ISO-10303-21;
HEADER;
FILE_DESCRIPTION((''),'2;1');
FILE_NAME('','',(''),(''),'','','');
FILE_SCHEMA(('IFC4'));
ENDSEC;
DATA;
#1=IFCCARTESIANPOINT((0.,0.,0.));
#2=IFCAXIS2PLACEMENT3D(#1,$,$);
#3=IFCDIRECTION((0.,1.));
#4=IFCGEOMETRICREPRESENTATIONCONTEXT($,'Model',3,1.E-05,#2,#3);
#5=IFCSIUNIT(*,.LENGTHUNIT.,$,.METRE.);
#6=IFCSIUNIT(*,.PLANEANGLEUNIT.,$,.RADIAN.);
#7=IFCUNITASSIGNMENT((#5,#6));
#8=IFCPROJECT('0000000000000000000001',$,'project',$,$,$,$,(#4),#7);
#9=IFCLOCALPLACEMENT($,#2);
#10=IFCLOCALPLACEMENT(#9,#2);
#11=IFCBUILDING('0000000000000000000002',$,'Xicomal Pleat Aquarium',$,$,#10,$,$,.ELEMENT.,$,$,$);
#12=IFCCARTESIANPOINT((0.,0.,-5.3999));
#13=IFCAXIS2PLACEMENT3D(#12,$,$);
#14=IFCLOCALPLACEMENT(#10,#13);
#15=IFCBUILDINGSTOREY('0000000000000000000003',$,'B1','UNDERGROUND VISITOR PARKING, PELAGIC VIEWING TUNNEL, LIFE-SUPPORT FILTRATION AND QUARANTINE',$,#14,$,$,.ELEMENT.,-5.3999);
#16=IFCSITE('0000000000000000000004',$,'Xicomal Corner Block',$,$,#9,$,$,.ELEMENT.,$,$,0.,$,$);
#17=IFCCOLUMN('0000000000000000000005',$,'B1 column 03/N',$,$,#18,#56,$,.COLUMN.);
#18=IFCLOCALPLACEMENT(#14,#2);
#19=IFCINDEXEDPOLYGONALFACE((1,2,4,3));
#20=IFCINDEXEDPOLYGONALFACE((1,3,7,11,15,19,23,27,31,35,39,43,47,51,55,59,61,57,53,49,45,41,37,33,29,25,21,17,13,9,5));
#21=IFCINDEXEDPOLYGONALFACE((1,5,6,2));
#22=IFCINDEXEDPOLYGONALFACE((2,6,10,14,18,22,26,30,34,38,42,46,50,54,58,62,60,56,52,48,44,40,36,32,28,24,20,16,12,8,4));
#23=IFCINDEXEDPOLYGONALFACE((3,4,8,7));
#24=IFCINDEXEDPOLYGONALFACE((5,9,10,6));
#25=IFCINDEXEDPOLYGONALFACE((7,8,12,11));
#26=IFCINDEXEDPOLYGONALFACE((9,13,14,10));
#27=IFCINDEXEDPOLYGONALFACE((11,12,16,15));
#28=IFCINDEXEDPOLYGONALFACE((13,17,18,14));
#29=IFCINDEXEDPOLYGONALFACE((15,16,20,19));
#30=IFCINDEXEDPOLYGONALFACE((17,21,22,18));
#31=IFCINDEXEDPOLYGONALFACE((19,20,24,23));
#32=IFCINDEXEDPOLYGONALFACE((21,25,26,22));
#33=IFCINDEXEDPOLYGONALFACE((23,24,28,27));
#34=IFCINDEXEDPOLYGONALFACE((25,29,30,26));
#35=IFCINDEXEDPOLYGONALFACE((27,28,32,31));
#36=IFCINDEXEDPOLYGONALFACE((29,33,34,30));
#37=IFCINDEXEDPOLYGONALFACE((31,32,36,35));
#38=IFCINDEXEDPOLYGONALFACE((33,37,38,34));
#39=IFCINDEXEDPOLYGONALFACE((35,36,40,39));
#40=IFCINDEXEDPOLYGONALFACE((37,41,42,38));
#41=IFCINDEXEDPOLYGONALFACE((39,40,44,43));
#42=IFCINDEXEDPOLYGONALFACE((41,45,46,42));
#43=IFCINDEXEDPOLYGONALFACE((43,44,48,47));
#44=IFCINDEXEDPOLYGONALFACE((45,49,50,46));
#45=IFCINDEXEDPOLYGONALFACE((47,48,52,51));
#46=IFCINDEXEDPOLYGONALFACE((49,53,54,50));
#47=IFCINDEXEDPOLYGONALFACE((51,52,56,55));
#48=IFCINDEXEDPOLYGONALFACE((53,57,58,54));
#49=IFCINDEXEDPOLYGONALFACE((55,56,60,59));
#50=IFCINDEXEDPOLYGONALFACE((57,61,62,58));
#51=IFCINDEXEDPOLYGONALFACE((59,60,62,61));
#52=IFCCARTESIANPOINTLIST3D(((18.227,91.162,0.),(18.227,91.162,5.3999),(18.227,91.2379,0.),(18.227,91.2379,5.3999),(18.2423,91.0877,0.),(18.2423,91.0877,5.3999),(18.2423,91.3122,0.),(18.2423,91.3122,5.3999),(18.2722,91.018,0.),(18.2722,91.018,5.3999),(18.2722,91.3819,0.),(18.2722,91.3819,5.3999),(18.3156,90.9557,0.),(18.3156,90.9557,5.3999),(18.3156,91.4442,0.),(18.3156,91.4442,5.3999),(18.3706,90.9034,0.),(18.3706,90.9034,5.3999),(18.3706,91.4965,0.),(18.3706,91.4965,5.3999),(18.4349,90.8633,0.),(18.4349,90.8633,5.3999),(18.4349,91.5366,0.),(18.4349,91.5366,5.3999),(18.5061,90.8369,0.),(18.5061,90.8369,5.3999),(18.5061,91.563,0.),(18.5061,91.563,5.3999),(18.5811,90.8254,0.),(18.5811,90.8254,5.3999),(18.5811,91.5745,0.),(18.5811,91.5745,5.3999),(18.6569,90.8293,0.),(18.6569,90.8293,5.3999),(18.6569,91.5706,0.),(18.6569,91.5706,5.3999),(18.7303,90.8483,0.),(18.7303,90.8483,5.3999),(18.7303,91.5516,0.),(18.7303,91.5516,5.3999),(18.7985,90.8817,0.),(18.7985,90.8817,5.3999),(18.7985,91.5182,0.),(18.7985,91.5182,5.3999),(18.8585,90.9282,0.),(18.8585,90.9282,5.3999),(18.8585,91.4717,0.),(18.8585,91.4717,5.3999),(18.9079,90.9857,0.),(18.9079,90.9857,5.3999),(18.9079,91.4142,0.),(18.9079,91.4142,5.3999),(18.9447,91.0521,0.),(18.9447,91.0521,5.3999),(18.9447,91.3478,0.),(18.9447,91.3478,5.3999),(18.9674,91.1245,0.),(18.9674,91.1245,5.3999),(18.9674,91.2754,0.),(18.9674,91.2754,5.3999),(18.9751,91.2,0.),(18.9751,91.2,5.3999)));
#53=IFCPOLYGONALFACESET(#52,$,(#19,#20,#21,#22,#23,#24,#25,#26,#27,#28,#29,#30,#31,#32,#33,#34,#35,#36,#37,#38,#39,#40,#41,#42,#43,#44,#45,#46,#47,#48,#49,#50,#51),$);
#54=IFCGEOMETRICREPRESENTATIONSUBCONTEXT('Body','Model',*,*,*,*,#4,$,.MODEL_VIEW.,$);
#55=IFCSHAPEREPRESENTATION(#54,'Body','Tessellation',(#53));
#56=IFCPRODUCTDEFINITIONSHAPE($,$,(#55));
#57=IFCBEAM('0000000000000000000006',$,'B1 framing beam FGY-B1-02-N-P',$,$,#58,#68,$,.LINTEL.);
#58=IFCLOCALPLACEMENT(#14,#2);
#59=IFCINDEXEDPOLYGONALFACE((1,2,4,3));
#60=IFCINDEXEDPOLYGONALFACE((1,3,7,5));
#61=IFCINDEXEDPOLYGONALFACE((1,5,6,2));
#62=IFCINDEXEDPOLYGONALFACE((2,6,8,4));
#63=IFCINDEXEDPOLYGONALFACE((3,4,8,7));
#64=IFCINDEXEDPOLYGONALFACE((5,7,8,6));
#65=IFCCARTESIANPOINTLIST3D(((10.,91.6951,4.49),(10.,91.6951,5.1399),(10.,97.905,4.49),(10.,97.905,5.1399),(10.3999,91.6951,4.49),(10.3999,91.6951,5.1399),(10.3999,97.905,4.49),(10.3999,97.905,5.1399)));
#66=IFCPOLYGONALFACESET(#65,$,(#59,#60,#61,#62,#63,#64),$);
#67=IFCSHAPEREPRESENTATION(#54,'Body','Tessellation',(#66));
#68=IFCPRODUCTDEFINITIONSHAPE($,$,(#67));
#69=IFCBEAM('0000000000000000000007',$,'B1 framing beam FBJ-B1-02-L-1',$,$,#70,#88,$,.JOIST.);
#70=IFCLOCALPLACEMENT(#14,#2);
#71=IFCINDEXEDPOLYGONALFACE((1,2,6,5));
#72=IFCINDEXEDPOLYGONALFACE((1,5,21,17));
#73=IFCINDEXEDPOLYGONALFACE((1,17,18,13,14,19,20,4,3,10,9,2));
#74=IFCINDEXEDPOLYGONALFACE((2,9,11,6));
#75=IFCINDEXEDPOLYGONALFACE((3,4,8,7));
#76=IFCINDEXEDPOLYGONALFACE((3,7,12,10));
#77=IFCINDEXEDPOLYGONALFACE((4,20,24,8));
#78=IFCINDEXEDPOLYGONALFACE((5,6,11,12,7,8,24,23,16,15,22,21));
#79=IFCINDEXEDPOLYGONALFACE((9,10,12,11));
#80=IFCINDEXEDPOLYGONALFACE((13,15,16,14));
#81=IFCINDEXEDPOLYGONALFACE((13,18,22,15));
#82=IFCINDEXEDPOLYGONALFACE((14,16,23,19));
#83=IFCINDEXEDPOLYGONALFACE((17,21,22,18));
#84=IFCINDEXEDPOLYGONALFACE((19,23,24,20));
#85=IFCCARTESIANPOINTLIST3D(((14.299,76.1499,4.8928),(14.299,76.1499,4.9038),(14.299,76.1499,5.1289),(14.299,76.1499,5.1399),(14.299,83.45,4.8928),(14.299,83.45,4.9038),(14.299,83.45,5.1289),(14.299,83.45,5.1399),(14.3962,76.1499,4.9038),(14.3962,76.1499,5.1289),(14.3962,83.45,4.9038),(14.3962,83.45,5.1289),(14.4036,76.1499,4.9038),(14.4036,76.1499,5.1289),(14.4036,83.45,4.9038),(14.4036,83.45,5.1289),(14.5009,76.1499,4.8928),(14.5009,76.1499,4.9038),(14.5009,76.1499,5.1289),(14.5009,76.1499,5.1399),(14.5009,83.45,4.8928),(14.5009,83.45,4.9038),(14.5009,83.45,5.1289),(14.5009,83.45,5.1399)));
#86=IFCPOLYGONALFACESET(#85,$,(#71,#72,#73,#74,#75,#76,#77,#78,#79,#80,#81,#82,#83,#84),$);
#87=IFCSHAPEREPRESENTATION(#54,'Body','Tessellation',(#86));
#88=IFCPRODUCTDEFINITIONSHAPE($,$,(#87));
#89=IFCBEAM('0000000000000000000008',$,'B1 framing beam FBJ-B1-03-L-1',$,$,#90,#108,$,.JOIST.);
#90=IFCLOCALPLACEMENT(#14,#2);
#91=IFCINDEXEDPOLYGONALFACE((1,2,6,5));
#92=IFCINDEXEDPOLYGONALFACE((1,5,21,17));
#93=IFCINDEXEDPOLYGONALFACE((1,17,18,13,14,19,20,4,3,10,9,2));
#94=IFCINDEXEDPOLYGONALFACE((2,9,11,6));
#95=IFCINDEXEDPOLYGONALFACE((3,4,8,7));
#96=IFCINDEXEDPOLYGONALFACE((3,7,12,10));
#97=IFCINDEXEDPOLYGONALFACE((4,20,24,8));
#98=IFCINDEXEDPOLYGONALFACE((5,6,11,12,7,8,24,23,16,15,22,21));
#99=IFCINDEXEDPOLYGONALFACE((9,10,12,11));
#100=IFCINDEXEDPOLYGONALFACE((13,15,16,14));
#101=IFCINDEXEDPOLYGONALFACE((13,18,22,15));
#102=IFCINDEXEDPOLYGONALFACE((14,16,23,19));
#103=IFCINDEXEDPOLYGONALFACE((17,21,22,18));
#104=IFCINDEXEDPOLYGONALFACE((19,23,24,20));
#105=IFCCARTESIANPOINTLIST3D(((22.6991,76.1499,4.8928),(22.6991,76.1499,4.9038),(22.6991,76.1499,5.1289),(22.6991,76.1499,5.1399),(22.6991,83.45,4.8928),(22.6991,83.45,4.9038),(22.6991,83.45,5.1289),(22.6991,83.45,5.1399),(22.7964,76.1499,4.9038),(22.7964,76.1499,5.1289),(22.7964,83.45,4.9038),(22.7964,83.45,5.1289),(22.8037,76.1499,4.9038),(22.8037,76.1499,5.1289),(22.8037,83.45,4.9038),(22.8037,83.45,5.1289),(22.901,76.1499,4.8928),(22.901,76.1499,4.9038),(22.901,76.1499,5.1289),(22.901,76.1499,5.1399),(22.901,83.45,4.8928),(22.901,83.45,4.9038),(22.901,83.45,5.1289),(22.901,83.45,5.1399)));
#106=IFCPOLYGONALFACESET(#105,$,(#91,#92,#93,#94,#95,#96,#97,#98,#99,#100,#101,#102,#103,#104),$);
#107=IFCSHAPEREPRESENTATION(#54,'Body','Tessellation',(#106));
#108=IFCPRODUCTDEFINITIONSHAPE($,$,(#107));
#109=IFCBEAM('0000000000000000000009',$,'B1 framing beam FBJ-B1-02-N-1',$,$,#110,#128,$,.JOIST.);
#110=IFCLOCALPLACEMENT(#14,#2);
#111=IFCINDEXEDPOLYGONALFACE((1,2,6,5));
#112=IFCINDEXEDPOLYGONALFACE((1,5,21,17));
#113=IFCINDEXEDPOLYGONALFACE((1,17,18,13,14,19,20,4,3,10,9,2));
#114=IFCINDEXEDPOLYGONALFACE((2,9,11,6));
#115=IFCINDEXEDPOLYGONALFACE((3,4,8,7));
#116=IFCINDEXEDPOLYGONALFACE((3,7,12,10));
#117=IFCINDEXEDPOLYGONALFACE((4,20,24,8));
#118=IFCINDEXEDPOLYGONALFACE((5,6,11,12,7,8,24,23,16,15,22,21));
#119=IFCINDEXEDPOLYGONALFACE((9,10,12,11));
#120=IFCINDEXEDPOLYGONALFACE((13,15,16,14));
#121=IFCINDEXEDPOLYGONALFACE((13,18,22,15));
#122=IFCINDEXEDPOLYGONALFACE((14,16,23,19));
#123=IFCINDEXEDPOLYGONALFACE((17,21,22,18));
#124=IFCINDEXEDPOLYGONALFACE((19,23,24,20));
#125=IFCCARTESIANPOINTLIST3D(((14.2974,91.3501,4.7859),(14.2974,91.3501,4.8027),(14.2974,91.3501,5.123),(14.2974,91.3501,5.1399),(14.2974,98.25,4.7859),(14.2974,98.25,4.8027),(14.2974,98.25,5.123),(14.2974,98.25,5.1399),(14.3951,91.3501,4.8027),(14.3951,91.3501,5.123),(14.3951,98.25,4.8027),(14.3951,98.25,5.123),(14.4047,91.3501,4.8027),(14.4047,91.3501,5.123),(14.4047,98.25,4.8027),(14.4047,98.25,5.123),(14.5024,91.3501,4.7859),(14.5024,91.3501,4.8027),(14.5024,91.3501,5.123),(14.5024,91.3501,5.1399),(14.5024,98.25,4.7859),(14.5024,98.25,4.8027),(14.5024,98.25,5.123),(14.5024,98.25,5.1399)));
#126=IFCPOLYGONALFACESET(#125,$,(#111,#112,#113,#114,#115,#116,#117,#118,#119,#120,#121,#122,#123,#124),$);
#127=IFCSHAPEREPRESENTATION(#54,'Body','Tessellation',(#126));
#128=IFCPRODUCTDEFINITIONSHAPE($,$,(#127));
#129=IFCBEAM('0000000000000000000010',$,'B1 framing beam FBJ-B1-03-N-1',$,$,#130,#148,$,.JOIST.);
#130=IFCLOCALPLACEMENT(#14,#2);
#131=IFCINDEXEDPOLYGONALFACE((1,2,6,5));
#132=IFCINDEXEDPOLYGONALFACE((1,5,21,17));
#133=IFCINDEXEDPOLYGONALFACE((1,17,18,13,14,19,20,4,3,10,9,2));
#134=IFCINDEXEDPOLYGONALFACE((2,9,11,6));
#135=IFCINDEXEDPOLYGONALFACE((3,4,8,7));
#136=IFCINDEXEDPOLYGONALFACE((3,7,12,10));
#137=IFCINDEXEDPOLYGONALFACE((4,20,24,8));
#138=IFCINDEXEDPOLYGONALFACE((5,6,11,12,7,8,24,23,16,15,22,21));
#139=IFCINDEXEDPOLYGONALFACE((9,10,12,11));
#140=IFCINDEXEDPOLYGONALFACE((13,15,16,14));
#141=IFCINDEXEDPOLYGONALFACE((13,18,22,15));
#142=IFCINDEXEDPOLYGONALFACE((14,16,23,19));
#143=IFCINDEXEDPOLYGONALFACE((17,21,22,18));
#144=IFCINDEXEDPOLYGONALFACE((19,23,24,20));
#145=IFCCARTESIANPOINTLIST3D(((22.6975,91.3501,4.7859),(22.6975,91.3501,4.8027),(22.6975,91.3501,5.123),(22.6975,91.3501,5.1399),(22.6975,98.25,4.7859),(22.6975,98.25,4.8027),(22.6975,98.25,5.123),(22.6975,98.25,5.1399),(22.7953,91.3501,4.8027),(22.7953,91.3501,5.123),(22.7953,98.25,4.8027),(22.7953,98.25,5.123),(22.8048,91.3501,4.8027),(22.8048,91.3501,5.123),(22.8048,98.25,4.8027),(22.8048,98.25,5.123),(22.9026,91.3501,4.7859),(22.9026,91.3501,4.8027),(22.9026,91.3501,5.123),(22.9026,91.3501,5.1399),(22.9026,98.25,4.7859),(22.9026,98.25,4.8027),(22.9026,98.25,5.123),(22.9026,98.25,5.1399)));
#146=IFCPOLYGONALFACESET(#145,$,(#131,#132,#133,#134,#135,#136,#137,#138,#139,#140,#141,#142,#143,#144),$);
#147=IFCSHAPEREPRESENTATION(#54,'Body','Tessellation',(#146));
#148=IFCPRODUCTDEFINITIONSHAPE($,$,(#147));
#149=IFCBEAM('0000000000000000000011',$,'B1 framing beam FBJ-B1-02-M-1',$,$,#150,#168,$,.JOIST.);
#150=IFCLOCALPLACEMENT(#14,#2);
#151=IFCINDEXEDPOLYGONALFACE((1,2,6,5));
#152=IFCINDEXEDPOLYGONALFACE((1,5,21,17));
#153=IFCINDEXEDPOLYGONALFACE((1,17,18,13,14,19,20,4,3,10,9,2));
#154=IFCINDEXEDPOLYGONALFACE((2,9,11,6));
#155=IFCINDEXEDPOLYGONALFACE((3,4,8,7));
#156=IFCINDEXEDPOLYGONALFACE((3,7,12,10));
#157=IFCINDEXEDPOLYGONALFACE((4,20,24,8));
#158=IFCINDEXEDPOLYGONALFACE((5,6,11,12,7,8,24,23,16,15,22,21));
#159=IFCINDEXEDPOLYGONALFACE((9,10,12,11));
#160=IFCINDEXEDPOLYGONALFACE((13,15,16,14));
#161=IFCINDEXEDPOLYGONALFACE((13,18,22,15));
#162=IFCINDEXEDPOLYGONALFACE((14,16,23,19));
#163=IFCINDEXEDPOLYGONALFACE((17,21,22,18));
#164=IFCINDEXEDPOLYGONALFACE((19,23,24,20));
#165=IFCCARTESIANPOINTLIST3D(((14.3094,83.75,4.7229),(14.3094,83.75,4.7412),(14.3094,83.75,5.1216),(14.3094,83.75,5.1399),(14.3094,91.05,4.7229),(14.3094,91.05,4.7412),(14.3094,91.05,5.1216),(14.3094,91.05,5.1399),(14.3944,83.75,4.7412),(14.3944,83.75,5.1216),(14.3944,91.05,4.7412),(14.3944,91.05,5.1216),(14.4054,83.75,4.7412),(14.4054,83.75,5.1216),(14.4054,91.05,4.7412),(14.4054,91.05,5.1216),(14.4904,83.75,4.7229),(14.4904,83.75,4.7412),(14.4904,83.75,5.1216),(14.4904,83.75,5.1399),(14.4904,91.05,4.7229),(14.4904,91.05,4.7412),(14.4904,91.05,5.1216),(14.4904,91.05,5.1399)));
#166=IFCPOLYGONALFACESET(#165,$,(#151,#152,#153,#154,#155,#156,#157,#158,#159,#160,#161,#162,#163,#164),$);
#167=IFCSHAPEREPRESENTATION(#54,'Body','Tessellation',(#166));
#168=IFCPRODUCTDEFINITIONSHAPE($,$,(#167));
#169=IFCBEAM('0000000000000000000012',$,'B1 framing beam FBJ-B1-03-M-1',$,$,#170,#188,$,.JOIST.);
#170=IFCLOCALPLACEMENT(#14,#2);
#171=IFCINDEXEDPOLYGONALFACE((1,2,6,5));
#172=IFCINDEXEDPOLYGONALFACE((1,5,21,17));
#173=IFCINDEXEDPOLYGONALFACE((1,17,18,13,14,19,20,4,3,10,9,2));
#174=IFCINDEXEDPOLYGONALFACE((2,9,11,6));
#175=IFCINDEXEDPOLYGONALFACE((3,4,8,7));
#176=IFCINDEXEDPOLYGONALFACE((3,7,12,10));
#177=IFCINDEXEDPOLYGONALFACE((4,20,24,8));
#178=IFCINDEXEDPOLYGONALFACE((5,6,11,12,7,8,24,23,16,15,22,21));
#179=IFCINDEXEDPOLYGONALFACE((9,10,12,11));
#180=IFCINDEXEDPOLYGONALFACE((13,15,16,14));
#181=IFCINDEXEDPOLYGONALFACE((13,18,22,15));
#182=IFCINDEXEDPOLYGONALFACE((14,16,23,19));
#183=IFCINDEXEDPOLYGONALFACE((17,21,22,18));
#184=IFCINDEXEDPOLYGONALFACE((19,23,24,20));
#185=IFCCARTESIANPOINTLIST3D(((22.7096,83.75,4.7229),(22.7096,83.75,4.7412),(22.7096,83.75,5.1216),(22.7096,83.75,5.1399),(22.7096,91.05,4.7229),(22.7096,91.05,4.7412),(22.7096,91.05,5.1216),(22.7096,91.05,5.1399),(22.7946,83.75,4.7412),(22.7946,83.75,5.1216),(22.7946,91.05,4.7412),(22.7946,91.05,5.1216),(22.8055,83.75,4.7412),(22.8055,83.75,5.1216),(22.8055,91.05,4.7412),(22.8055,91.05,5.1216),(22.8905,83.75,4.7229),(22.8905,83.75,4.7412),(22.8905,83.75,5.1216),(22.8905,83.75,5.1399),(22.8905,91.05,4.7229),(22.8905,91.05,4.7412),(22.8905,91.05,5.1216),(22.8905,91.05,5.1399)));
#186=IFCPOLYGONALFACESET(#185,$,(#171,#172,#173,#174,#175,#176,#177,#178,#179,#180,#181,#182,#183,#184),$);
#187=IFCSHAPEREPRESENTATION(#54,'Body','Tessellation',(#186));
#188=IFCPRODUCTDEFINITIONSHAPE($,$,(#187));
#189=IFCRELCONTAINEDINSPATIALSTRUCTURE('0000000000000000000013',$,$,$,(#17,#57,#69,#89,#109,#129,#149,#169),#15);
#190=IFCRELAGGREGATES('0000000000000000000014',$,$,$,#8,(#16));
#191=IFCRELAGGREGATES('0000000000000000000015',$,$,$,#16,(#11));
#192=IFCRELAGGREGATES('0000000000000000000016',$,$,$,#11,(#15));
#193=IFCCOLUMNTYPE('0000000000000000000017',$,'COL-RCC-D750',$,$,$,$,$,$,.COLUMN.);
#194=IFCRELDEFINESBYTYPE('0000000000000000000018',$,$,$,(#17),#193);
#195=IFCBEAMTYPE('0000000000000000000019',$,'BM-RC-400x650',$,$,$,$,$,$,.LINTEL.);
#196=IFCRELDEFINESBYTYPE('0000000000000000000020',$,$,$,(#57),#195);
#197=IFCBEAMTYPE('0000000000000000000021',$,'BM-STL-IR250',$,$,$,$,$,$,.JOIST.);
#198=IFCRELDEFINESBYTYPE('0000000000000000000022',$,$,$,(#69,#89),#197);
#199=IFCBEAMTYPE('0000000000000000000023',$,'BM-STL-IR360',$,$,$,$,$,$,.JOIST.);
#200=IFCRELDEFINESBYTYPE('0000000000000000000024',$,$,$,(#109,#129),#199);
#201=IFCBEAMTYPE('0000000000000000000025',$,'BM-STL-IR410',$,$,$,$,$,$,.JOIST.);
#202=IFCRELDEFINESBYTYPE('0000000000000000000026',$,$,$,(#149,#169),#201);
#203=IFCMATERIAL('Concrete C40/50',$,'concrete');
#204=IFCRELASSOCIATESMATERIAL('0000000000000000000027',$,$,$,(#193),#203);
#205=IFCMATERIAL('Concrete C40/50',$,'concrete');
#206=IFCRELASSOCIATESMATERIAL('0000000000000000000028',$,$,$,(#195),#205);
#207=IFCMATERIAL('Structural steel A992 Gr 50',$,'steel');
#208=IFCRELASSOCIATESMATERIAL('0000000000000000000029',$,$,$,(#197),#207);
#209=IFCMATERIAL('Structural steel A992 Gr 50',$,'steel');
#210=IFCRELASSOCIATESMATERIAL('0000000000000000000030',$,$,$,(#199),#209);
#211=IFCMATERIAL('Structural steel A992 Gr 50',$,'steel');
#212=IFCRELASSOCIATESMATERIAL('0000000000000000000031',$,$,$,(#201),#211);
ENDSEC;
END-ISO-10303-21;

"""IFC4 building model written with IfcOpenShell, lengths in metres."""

from ifc_helpers import new_model, si_unit, direction, frame, origin, origin_2d, place, context, subcontext, project, spatial, rectangle, circle, i_section, extrude, material, material_profile, profile_set, type_object, element, save


model = new_model("IFC4")

# Units and contexts
model_context = context("Model", 3, precision=1e-05, world=origin(), true_north=direction((0.0, 1.0)))
body_context = subcontext(model_context, "Body", "Model", "MODEL_VIEW")
ifc_project = project(units=[si_unit("LENGTHUNIT", "METRE"), si_unit("PLANEANGLEUNIT", "RADIAN")], contexts=[model_context])

# Site, building, storey
site_placement = place(None, origin())
site = spatial("IfcSite", under=ifc_project, at=site_placement, Name="Xicomal Corner Block", CompositionType="ELEMENT", RefElevation=0.0)
building_placement = place(site_placement, origin())
building = spatial("IfcBuilding", under=site, at=building_placement, Name="Xicomal Pleat Aquarium", CompositionType="ELEMENT")
storey_placement = place(building_placement, frame((0.0, 0.0, -5.3999)))
storey = spatial("IfcBuildingStorey", under=building, at=storey_placement, Name="B1", Description="UNDERGROUND VISITOR PARKING, PELAGIC VIEWING TUNNEL, LIFE-SUPPORT FILTRATION AND QUARANTINE", CompositionType="ELEMENT", Elevation=-5.3999)

# Column
ifc_material_1 = material(Name="Concrete C40/50", Category="concrete")
ifc_material_profile_1 = material_profile(ifc_material_1, circle(Radius=0.375, at=origin_2d()), Name="RCC D750")
ifc_profile_set_1 = profile_set([ifc_material_profile_1], Name="Concrete C40/50")
column_type_1 = type_object("IfcColumnType", Name="COL-RCC-D750", PredefinedType="COLUMN", material=ifc_profile_set_1)
column_placement = place(storey_placement, frame((18.6001, 91.2, 0.0), z_axis=(0.0, 0.0, 1.0), x_axis=(1.0, 0.0, 0.0)))
element("IfcColumn", 1, at=column_placement, inside=storey, type_object=column_type_1, Name="B1 column 03/N", PredefinedType="COLUMN", context=body_context, shape_type="SweptSolid", body=[
    extrude(circle(Radius=0.375, at=origin_2d()), origin(), (0.0, 0.0, 1.0), 5.3999),
])

# Beams
ifc_material_2 = material(Name="Concrete C40/50", Category="concrete")
ifc_material_profile_2 = material_profile(ifc_material_2, rectangle(XDim=0.3999, YDim=0.6499, at=origin_2d()), Name="RC 400x650")
ifc_profile_set_2 = profile_set([ifc_material_profile_2], Name="Concrete C40/50")
beam_type_1 = type_object("IfcBeamType", Name="BM-RC-400x650", PredefinedType="LINTEL", material=ifc_profile_set_2)
beam_1_placement = place(storey_placement, frame((10.2, 91.6951, 4.8149), z_axis=(0.0, 1.0, 0.0), x_axis=(-1.0, 0.0, 0.0)))
element("IfcBeam", 2, at=beam_1_placement, inside=storey, type_object=beam_type_1, Name="B1 framing beam FGY-B1-02-N-P", PredefinedType="LINTEL", context=body_context, shape_type="SweptSolid", body=[
    extrude(rectangle(XDim=0.3999, YDim=0.6499, at=origin_2d()), origin(), (0.0, 0.0, 1.0), 6.21),
])
ifc_material_3 = material(Name="Structural steel A992 Gr 50", Category="steel")
ifc_material_profile_3 = material_profile(ifc_material_3, i_section(OverallWidth=0.2019, OverallDepth=0.2471, WebThickness=0.0073, FlangeThickness=0.011, at=origin_2d()), Name="IR 250x49")
ifc_profile_set_3 = profile_set([ifc_material_profile_3], Name="Structural steel A992 Gr 50")
beam_type_2 = type_object("IfcBeamType", Name="BM-STL-IR250", PredefinedType="JOIST", material=ifc_profile_set_3)
for number, where, z_axis, x_axis, name in (
    (3, (14.3999, 76.1499, 5.0164), (0.0, 1.0, 0.0), (-1.0, 0.0, 0.0), "B1 framing beam FBJ-B1-02-L-1"),
    (4, (22.8, 76.1499, 5.0164), (0.0, 1.0, 0.0), (-1.0, 0.0, 0.0), "B1 framing beam FBJ-B1-03-L-1"),
):
    element("IfcBeam", number, at=place(storey_placement, frame(where, z_axis=z_axis, x_axis=x_axis)), inside=storey, type_object=beam_type_2, Name=name, PredefinedType="JOIST", context=body_context, shape_type="SweptSolid", body=[
        extrude(i_section(OverallWidth=0.2019, OverallDepth=0.2471, WebThickness=0.0073, FlangeThickness=0.011, at=origin_2d()), origin(), (0.0, 0.0, 1.0), 7.3),
    ])
ifc_material_4 = material(Name="Structural steel A992 Gr 50", Category="steel")
ifc_material_profile_4 = material_profile(ifc_material_4, i_section(OverallWidth=0.2051, OverallDepth=0.354, WebThickness=0.0095, FlangeThickness=0.0168, at=origin_2d()), Name="IR 360x79")
ifc_profile_set_4 = profile_set([ifc_material_profile_4], Name="Structural steel A992 Gr 50")
beam_type_3 = type_object("IfcBeamType", Name="BM-STL-IR360", PredefinedType="JOIST", material=ifc_profile_set_4)
for number, where, z_axis, x_axis, name in (
    (5, (14.3999, 91.3501, 4.9629), (0.0, 1.0, 0.0), (-1.0, 0.0, 0.0), "B1 framing beam FBJ-B1-02-N-1"),
    (6, (22.8, 91.3501, 4.9629), (0.0, 1.0, 0.0), (-1.0, 0.0, 0.0), "B1 framing beam FBJ-B1-03-N-1"),
):
    element("IfcBeam", number, at=place(storey_placement, frame(where, z_axis=z_axis, x_axis=x_axis)), inside=storey, type_object=beam_type_3, Name=name, PredefinedType="JOIST", context=body_context, shape_type="SweptSolid", body=[
        extrude(i_section(OverallWidth=0.2051, OverallDepth=0.354, WebThickness=0.0095, FlangeThickness=0.0168, at=origin_2d()), origin(), (0.0, 0.0, 1.0), 6.8999),
    ])
ifc_material_5 = material(Name="Structural steel A992 Gr 50", Category="steel")
ifc_material_profile_5 = material_profile(ifc_material_5, i_section(OverallWidth=0.1809, OverallDepth=0.417, WebThickness=0.011, FlangeThickness=0.0183, at=origin_2d()), Name="IR 410x85")
ifc_profile_set_5 = profile_set([ifc_material_profile_5], Name="Structural steel A992 Gr 50")
beam_type_4 = type_object("IfcBeamType", Name="BM-STL-IR410", PredefinedType="JOIST", material=ifc_profile_set_5)
for number, where, z_axis, x_axis, name in (
    (7, (14.3999, 83.75, 4.9314), (0.0, 1.0, 0.0), (-1.0, 0.0, 0.0), "B1 framing beam FBJ-B1-02-M-1"),
    (8, (22.8, 83.75, 4.9314), (0.0, 1.0, 0.0), (-1.0, 0.0, 0.0), "B1 framing beam FBJ-B1-03-M-1"),
):
    element("IfcBeam", number, at=place(storey_placement, frame(where, z_axis=z_axis, x_axis=x_axis)), inside=storey, type_object=beam_type_4, Name=name, PredefinedType="JOIST", context=body_context, shape_type="SweptSolid", body=[
        extrude(i_section(OverallWidth=0.1809, OverallDepth=0.417, WebThickness=0.011, FlangeThickness=0.0183, at=origin_2d()), origin(), (0.0, 0.0, 1.0), 7.3),
    ])

save(model, "model.ifc")
